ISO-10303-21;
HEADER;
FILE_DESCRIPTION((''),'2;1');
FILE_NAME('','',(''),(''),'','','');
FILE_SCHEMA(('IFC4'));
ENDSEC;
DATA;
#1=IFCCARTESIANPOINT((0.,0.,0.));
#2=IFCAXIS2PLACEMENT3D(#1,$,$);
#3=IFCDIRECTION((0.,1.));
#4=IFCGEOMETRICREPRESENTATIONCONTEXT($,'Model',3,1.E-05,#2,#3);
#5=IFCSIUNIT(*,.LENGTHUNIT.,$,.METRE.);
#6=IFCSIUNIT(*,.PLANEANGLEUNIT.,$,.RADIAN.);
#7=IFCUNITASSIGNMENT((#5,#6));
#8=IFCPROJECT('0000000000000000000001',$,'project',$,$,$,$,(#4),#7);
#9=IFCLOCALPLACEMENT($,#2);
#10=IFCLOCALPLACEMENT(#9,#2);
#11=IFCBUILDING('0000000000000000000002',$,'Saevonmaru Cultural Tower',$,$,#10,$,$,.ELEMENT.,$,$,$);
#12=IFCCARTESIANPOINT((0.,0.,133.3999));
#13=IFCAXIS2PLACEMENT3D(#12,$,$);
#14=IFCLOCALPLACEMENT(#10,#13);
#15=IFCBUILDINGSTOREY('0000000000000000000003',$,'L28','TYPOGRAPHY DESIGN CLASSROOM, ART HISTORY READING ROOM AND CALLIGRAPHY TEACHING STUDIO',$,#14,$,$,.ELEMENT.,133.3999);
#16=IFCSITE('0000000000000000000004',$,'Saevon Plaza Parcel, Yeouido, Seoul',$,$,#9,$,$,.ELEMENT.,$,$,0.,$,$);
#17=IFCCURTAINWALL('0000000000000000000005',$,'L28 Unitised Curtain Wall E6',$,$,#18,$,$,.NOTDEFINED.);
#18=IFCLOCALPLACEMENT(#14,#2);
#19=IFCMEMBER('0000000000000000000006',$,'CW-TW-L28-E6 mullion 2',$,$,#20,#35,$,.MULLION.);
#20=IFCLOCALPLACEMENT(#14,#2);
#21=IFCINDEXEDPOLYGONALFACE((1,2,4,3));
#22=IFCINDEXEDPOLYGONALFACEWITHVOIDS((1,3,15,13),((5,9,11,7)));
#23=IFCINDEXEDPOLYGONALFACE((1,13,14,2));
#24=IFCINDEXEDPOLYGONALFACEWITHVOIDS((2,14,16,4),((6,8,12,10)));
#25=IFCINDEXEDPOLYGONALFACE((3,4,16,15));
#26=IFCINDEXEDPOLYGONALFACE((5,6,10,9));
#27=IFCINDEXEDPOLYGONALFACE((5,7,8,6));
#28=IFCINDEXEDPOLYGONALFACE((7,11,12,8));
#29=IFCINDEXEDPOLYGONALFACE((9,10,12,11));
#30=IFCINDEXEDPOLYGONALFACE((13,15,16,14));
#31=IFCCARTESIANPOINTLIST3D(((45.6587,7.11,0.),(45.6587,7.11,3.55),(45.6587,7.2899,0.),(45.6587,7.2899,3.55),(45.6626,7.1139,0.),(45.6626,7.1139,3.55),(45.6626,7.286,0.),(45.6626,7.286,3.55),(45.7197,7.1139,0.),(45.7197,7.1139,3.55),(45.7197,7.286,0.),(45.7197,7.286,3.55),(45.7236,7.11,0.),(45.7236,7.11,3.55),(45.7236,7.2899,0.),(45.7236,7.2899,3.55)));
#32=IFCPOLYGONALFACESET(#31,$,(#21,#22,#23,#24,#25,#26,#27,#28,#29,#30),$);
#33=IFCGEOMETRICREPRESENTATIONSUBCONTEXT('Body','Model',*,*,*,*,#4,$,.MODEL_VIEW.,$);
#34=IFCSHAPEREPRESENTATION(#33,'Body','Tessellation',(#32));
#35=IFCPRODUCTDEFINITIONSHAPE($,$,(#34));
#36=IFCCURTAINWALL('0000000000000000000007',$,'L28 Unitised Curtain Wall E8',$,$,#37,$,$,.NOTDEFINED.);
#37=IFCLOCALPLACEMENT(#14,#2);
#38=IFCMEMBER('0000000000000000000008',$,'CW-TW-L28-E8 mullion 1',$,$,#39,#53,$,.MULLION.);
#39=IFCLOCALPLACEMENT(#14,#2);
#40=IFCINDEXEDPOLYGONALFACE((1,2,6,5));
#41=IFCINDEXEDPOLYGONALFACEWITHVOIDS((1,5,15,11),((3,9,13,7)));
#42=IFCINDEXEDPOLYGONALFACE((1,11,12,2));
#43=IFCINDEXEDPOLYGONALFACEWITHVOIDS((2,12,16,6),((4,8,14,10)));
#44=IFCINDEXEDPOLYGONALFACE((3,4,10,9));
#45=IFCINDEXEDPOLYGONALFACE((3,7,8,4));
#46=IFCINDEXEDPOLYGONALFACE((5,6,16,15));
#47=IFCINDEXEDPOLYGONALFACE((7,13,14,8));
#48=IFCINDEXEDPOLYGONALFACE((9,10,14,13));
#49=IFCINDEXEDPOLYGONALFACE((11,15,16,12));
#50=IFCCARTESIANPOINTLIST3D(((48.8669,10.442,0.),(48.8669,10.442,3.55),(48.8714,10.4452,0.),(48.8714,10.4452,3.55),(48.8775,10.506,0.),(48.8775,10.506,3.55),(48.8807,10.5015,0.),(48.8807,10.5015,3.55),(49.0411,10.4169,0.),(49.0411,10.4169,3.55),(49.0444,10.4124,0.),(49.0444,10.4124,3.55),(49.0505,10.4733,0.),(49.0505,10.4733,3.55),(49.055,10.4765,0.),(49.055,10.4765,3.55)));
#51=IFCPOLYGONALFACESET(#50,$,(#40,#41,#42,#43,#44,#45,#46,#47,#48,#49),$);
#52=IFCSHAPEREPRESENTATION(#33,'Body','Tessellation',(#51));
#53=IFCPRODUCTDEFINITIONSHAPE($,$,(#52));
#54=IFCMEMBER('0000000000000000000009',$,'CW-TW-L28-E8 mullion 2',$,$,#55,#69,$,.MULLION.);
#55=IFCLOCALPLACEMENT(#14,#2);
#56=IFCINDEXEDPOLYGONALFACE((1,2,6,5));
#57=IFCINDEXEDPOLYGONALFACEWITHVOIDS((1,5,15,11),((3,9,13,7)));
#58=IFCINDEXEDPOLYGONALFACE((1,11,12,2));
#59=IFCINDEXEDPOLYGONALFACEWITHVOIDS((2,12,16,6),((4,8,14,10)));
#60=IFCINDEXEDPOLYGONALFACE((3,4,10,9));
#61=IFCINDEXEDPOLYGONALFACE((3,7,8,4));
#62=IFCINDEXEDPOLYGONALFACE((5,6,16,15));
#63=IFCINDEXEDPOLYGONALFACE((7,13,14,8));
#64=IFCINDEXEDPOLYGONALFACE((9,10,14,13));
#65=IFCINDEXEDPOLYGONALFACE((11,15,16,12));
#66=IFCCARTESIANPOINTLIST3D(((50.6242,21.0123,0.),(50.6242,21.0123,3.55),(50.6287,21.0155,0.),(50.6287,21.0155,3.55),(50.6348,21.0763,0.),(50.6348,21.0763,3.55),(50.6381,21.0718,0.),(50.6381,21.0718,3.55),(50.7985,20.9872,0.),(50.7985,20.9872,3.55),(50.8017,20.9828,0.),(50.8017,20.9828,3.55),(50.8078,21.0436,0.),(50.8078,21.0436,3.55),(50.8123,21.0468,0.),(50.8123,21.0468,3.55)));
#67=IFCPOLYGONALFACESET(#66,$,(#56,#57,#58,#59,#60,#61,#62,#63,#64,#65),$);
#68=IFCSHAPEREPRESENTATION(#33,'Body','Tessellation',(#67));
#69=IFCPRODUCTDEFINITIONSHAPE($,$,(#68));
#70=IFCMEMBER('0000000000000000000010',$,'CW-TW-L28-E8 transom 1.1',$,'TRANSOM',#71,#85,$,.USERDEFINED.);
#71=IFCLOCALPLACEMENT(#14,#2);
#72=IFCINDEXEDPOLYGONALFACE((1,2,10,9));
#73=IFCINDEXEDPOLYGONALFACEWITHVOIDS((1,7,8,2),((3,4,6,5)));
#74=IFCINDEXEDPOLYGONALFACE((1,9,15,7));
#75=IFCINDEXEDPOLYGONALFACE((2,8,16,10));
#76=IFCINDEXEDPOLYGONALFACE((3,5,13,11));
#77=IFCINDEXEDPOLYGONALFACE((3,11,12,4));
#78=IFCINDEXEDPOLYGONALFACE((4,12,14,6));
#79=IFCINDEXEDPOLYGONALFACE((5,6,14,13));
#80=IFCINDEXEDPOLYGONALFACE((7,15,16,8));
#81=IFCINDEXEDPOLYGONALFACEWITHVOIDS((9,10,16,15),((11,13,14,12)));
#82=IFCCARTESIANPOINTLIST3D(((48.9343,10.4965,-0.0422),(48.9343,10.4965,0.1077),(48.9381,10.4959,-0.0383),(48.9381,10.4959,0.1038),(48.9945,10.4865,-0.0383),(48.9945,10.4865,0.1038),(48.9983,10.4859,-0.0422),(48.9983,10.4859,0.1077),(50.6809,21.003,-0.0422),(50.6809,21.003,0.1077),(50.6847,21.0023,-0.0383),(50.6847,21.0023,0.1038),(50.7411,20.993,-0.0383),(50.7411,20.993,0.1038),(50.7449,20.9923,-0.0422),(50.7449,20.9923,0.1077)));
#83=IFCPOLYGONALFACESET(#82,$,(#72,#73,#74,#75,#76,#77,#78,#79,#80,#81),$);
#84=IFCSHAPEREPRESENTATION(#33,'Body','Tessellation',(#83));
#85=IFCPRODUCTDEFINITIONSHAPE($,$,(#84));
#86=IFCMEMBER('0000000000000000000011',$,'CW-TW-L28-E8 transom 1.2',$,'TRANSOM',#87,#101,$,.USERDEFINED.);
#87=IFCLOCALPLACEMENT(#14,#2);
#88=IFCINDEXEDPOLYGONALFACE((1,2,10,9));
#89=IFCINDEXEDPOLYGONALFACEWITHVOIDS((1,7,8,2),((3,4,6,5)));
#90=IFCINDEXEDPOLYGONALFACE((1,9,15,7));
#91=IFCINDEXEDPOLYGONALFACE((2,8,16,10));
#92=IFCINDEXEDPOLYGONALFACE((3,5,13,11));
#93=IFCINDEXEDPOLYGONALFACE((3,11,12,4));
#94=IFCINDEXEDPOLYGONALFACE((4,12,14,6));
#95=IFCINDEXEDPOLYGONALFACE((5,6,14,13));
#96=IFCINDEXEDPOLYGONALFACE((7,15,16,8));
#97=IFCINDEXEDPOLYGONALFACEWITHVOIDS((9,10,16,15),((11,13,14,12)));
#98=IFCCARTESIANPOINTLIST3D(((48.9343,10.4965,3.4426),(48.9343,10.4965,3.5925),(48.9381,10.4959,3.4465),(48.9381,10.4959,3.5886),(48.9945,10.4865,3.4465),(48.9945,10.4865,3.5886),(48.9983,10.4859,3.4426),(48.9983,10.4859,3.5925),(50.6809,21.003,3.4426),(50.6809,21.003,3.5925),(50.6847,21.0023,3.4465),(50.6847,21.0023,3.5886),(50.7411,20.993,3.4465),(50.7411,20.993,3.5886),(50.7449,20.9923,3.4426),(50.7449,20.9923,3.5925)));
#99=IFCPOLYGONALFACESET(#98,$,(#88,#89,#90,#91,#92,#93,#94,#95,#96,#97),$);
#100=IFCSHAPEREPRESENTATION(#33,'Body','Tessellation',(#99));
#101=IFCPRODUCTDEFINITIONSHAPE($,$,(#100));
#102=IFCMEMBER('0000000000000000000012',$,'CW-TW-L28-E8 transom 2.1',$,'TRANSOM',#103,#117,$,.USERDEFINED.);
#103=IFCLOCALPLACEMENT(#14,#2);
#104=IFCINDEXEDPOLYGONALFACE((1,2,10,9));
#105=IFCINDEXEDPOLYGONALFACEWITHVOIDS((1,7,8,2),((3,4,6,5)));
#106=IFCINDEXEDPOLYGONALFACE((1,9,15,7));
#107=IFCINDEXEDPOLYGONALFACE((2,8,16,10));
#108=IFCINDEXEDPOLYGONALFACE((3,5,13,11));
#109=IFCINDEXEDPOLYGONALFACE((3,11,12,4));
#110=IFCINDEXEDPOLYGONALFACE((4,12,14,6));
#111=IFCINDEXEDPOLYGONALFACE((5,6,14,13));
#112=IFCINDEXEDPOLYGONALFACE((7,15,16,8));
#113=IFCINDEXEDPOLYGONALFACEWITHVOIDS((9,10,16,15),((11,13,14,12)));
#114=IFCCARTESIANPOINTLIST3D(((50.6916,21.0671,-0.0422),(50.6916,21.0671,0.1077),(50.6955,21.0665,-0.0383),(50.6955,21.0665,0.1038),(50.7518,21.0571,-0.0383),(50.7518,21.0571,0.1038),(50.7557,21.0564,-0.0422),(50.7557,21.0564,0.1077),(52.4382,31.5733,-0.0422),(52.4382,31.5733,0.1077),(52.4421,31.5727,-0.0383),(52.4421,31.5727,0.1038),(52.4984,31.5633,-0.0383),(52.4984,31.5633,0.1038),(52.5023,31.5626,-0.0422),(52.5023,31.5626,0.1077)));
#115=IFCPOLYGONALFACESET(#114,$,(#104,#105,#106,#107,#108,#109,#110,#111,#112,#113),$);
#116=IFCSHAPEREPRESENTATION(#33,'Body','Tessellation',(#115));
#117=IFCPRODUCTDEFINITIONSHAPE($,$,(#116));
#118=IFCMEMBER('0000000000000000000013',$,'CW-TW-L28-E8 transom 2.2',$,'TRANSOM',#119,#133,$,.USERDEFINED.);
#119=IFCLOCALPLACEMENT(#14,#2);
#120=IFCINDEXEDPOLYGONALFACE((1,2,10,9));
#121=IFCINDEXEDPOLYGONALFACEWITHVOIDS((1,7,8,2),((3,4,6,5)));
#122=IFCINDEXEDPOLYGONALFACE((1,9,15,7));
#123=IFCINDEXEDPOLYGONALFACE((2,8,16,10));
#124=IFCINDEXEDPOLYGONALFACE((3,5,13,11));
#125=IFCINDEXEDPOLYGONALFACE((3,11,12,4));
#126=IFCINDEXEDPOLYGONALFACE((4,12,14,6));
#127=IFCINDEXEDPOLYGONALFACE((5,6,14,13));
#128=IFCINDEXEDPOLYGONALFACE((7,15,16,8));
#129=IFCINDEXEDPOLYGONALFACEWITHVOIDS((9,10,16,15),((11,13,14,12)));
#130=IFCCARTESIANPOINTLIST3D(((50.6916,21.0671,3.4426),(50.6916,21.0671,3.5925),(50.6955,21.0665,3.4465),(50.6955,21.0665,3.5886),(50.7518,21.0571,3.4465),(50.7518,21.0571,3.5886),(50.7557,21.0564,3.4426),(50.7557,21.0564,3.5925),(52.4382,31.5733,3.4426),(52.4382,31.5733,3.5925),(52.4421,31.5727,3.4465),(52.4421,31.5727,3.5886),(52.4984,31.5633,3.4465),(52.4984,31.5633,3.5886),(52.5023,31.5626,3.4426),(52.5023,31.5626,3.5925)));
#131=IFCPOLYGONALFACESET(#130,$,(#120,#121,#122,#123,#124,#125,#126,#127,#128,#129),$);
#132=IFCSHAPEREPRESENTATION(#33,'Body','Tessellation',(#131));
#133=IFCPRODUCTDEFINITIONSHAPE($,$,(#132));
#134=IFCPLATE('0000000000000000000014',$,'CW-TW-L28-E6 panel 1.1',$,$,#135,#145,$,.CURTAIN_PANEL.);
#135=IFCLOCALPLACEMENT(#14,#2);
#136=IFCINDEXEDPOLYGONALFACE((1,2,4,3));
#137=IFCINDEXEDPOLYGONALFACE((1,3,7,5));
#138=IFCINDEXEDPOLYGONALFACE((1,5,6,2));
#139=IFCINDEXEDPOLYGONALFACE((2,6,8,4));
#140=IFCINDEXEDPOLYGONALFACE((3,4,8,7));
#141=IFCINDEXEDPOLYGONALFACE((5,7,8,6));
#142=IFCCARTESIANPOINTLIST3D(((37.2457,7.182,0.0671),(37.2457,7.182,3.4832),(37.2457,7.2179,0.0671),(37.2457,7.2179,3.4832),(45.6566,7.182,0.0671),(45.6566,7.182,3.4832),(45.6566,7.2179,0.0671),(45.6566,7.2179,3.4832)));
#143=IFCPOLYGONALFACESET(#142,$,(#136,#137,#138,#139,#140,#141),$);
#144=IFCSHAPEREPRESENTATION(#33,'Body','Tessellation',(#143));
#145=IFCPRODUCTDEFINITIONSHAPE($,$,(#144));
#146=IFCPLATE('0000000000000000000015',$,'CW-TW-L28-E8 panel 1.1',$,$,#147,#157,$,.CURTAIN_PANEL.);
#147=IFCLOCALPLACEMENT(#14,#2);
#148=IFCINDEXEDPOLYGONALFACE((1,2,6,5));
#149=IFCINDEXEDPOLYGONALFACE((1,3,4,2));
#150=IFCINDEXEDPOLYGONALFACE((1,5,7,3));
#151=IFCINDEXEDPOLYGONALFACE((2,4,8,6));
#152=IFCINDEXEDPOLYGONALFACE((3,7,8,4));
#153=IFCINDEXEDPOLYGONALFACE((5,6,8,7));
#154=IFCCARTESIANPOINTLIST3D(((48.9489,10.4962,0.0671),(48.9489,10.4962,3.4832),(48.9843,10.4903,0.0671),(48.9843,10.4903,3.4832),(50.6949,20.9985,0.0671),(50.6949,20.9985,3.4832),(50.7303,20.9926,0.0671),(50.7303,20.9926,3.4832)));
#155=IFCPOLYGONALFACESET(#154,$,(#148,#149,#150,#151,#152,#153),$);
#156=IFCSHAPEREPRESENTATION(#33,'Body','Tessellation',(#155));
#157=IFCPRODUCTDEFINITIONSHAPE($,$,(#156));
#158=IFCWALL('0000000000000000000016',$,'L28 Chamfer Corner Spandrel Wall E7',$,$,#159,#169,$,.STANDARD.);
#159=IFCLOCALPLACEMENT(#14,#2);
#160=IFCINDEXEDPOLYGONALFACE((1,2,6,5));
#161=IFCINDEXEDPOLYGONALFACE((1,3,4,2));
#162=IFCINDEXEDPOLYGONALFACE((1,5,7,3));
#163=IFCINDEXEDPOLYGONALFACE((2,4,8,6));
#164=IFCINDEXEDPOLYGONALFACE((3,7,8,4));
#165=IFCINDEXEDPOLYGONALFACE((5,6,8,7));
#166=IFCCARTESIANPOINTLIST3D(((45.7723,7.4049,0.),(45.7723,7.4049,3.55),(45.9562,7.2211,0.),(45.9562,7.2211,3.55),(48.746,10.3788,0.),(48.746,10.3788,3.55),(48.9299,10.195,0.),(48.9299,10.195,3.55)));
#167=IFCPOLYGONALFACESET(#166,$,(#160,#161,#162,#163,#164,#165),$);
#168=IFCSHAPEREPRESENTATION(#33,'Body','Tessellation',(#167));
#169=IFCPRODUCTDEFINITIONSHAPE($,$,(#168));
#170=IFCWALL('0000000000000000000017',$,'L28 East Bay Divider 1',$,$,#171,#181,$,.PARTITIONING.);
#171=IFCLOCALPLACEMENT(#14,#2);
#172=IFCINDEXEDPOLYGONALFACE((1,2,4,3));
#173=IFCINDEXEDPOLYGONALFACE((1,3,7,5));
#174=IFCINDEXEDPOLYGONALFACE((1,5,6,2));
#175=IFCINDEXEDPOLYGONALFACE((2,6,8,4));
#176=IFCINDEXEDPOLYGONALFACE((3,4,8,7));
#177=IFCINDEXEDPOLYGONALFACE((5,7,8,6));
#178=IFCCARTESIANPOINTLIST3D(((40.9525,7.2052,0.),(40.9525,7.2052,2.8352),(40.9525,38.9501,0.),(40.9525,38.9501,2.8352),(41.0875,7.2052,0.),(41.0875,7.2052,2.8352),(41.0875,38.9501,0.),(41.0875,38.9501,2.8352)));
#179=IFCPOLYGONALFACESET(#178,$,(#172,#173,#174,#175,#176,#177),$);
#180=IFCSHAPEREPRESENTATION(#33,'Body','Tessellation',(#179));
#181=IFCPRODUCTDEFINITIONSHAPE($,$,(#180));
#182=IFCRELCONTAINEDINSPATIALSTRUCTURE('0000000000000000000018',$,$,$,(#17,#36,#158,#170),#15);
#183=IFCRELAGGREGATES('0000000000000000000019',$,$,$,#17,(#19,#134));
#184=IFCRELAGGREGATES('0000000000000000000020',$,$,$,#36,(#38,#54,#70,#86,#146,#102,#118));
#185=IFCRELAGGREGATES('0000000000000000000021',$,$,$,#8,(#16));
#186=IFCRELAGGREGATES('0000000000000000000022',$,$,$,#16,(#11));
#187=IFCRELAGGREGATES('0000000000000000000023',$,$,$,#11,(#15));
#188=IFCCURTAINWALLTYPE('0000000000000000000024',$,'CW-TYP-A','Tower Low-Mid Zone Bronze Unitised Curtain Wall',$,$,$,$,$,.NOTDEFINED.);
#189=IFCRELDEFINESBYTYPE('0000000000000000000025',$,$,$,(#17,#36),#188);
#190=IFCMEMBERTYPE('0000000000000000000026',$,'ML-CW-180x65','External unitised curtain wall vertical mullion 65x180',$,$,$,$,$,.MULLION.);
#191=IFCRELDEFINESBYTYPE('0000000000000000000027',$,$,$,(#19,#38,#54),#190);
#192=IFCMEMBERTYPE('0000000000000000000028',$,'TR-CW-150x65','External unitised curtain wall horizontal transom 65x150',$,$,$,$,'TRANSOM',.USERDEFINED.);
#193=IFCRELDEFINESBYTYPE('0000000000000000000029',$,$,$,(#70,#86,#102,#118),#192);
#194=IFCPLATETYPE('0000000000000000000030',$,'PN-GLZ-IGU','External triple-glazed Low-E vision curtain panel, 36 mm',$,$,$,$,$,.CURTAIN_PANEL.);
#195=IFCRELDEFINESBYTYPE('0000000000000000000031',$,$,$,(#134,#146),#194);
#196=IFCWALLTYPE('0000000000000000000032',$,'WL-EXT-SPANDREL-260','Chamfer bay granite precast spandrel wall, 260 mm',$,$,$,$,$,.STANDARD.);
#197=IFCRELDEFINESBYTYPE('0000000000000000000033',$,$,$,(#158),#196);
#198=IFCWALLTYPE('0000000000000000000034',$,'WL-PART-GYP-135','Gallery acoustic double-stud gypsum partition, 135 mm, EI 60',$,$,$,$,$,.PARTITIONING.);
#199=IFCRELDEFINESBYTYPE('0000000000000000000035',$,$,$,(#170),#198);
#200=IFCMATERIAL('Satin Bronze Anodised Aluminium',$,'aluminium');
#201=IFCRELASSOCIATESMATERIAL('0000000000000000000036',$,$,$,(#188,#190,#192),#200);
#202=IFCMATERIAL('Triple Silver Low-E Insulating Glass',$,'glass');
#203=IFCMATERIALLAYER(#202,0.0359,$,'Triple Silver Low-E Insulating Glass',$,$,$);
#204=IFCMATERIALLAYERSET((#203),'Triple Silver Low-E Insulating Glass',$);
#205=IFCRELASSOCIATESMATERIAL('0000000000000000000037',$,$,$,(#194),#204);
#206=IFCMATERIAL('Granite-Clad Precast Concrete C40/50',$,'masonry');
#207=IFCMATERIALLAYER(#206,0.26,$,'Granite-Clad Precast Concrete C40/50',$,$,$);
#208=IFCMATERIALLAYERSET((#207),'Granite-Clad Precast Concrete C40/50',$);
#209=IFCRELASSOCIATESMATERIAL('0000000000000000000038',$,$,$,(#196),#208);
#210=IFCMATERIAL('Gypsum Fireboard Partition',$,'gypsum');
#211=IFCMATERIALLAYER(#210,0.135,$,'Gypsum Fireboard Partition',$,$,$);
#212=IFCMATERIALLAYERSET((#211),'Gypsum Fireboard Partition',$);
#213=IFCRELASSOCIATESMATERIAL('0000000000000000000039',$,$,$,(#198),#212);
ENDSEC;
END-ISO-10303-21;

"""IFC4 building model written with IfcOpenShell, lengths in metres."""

from ifc_helpers import new_model, si_unit, direction, frame, frame_2d, origin, origin_2d, place, context, subcontext, project, spatial, rectangle, hollow_rectangle, extrude, material, layer, layer_set, material_profile, profile_set, type_object, element, aggregate, save


model = new_model("IFC4")

# Units and contexts
model_context = context("Model", 3, precision=1e-05, world=origin(), true_north=direction((0.0, 1.0)))
body_context = subcontext(model_context, "Body", "Model", "MODEL_VIEW")
ifc_project = project(units=[si_unit("LENGTHUNIT", "METRE"), si_unit("PLANEANGLEUNIT", "RADIAN")], contexts=[model_context])

# Site, building, storey
site_placement = place(None, origin())
site = spatial("IfcSite", under=ifc_project, at=site_placement, Name="Saevon Plaza Parcel, Yeouido, Seoul", CompositionType="ELEMENT", RefElevation=0.0)
building_placement = place(site_placement, origin())
building = spatial("IfcBuilding", under=site, at=building_placement, Name="Saevonmaru Cultural Tower", CompositionType="ELEMENT")
storey_placement = place(building_placement, frame((0.0, 0.0, 133.3999)))
storey = spatial("IfcBuildingStorey", under=building, at=storey_placement, Name="L28", Description="TYPOGRAPHY DESIGN CLASSROOM, ART HISTORY READING ROOM AND CALLIGRAPHY TEACHING STUDIO", CompositionType="ELEMENT", Elevation=133.3999)

# Curtain wall, member
ifc_material_1 = material(Name="Satin Bronze Anodised Aluminium", Category="aluminium")
curtain_wall_type = type_object("IfcCurtainWallType", Name="CW-TYP-A", Description="Tower Low-Mid Zone Bronze Unitised Curtain Wall", PredefinedType="NOTDEFINED", material=ifc_material_1)
curtain_wall_1_placement = place(storey_placement, origin())
curtain_wall_1 = element("IfcCurtainWall", 1, at=curtain_wall_1_placement, inside=storey, type_object=curtain_wall_type, Name="L28 Unitised Curtain Wall E6", PredefinedType="NOTDEFINED")
ifc_material_profile_1 = material_profile(ifc_material_1, hollow_rectangle(XDim=0.0649, YDim=0.1799, WallThickness=0.0039, at=origin_2d()), Name="ALU-MULL-180x65x4")
ifc_profile_set_1 = profile_set([ifc_material_profile_1], Name="Satin Bronze Anodised Aluminium")
member_type_1 = type_object("IfcMemberType", Name="ML-CW-180x65", Description="External unitised curtain wall vertical mullion 65x180", PredefinedType="MULLION", material=ifc_profile_set_1)
member_1_placement = place(storey_placement, frame((45.6912, 7.2, 0.0), z_axis=(0.0, 0.0, 1.0), x_axis=(1.0, 0.0, 0.0)))
member_1 = element("IfcMember", 2, at=member_1_placement, type_object=member_type_1, Name="CW-TW-L28-E6 mullion 2", PredefinedType="MULLION", context=body_context, shape_type="SweptSolid", body=[
    extrude(hollow_rectangle(XDim=0.0649, YDim=0.1799, WallThickness=0.0039, at=origin_2d()), origin(), (0.0, 0.0, 1.0), 3.55),
])

# Curtain wall, members
curtain_wall_2_placement = place(storey_placement, origin())
curtain_wall_2 = element("IfcCurtainWall", 3, at=curtain_wall_2_placement, inside=storey, type_object=curtain_wall_type, Name="L28 Unitised Curtain Wall E8", PredefinedType="NOTDEFINED")
member_2_placement = place(storey_placement, frame((48.9609, 10.4592, 0.0), z_axis=(0.0, 0.0, 1.0), x_axis=(0.163999, 0.986461, 0.0)))
member_2 = element("IfcMember", 4, at=member_2_placement, type_object=member_type_1, Name="CW-TW-L28-E8 mullion 1", PredefinedType="MULLION", context=body_context, shape_type="SweptSolid", body=[
    extrude(hollow_rectangle(XDim=0.0649, YDim=0.1799, WallThickness=0.0039, at=origin_2d()), origin(), (0.0, 0.0, 1.0), 3.55),
])
member_3_placement = place(storey_placement, frame((50.7183, 21.0295, 0.0), z_axis=(0.0, 0.0, 1.0), x_axis=(0.163999, 0.986461, 0.0)))
member_3 = element("IfcMember", 5, at=member_3_placement, type_object=member_type_1, Name="CW-TW-L28-E8 mullion 2", PredefinedType="MULLION", context=body_context, shape_type="SweptSolid", body=[
    extrude(hollow_rectangle(XDim=0.0649, YDim=0.1799, WallThickness=0.0039, at=origin_2d()), origin(), (0.0, 0.0, 1.0), 3.55),
])
ifc_material_profile_2 = material_profile(ifc_material_1, hollow_rectangle(XDim=0.0649, YDim=0.1499, WallThickness=0.0039, at=origin_2d()), Name="ALU-TRAN-150x65x4")
ifc_profile_set_2 = profile_set([ifc_material_profile_2], Name="Satin Bronze Anodised Aluminium")
member_type_2 = type_object("IfcMemberType", Name="TR-CW-150x65", Description="External unitised curtain wall horizontal transom 65x150", ElementType="TRANSOM", PredefinedType="USERDEFINED", material=ifc_profile_set_2)
member_4_placement = place(storey_placement, frame((48.9663, 10.4912, 0.0327), z_axis=(0.16399, 0.986462, 0.0), x_axis=(-0.986462, 0.16399, 0.0)))
member_4 = element("IfcMember", 6, at=member_4_placement, type_object=member_type_2, Name="CW-TW-L28-E8 transom 1.1", ObjectType="TRANSOM", PredefinedType="USERDEFINED", context=body_context, shape_type="SweptSolid", body=[
    extrude(hollow_rectangle(XDim=0.0649, YDim=0.1499, WallThickness=0.0039, at=origin_2d()), origin(), (0.0, 0.0, 1.0), 10.6506),
])
member_5_placement = place(storey_placement, frame((48.9663, 10.4912, 3.5176), z_axis=(0.16399, 0.986462, 0.0), x_axis=(-0.986462, 0.16399, 0.0)))
member_5 = element("IfcMember", 7, at=member_5_placement, type_object=member_type_2, Name="CW-TW-L28-E8 transom 1.2", ObjectType="TRANSOM", PredefinedType="USERDEFINED", context=body_context, shape_type="SweptSolid", body=[
    extrude(hollow_rectangle(XDim=0.0649, YDim=0.1499, WallThickness=0.0039, at=origin_2d()), origin(), (0.0, 0.0, 1.0), 10.6506),
])
member_6_placement = place(storey_placement, frame((50.7236, 21.0618, 0.0327), z_axis=(0.163994, 0.986461, 0.0), x_axis=(-0.986461, 0.163994, 0.0)))
member_6 = element("IfcMember", 8, at=member_6_placement, type_object=member_type_2, Name="CW-TW-L28-E8 transom 2.1", ObjectType="TRANSOM", PredefinedType="USERDEFINED", context=body_context, shape_type="SweptSolid", body=[
    extrude(hollow_rectangle(XDim=0.0649, YDim=0.1499, WallThickness=0.0039, at=origin_2d()), origin(), (0.0, 0.0, 1.0), 10.6504),
])
member_7_placement = place(storey_placement, frame((50.7236, 21.0618, 3.5176), z_axis=(0.163994, 0.986461, 0.0), x_axis=(-0.986461, 0.163994, 0.0)))
member_7 = element("IfcMember", 9, at=member_7_placement, type_object=member_type_2, Name="CW-TW-L28-E8 transom 2.2", ObjectType="TRANSOM", PredefinedType="USERDEFINED", context=body_context, shape_type="SweptSolid", body=[
    extrude(hollow_rectangle(XDim=0.0649, YDim=0.1499, WallThickness=0.0039, at=origin_2d()), origin(), (0.0, 0.0, 1.0), 10.6504),
])

# Plates
ifc_material_2 = material(Name="Triple Silver Low-E Insulating Glass", Category="glass")
ifc_layer_1 = layer(ifc_material_2, 0.0359, Name="Triple Silver Low-E Insulating Glass")
ifc_layer_set_1 = layer_set([ifc_layer_1], Name="Triple Silver Low-E Insulating Glass")
plate_type = type_object("IfcPlateType", Name="PN-GLZ-IGU", Description="External triple-glazed Low-E vision curtain panel, 36 mm", PredefinedType="CURTAIN_PANEL", material=ifc_layer_set_1)
plate_1_placement = place(storey_placement, frame((41.4512, 7.2, 0.0671), z_axis=(0.0, 0.0, 1.0), x_axis=(1.0, 0.0, 0.0)))
plate_1 = element("IfcPlate", 10, at=plate_1_placement, type_object=plate_type, Name="CW-TW-L28-E6 panel 1.1", PredefinedType="CURTAIN_PANEL", context=body_context, shape_type="SweptSolid", body=[
    extrude(rectangle(XDim=8.4109, YDim=0.0359, at=origin_2d()), origin(), (0.0, 0.0, 1.0), 3.416),
])
aggregate(curtain_wall_1, [member_1, plate_1])
plate_2_placement = place(storey_placement, frame((49.8396, 15.7444, 0.0671), z_axis=(0.0, 0.0, 1.0), x_axis=(0.163999, 0.986461, 0.0)))
plate_2 = element("IfcPlate", 11, at=plate_2_placement, type_object=plate_type, Name="CW-TW-L28-E8 panel 1.1", PredefinedType="CURTAIN_PANEL", context=body_context, shape_type="SweptSolid", body=[
    extrude(rectangle(XDim=10.6465, YDim=0.0359, at=origin_2d()), origin(), (0.0, 0.0, 1.0), 3.416),
])
aggregate(curtain_wall_2, [member_2, member_3, member_4, member_5, plate_2, member_6, member_7])

# Walls
ifc_material_3 = material(Name="Granite-Clad Precast Concrete C40/50", Category="masonry")
ifc_layer_2 = layer(ifc_material_3, 0.26, Name="Granite-Clad Precast Concrete C40/50")
ifc_layer_set_2 = layer_set([ifc_layer_2], Name="Granite-Clad Precast Concrete C40/50")
wall_type_1 = type_object("IfcWallType", Name="WL-EXT-SPANDREL-260", Description="Chamfer bay granite precast spandrel wall, 260 mm", PredefinedType="STANDARD", material=ifc_layer_set_2)
wall_1_placement = place(storey_placement, frame((45.8643, 7.313, 0.0), z_axis=(0.0, 0.0, 1.0), x_axis=(0.707078, 0.707136, 0.0)))
element("IfcWall", 12, at=wall_1_placement, inside=storey, type_object=wall_type_1, Name="L28 Chamfer Corner Spandrel Wall E7", PredefinedType="STANDARD", context=body_context, shape_type="SweptSolid", body=[
    extrude(rectangle(XDim=4.2056, YDim=0.26, at=frame_2d((2.1028, 0.0))), origin(), (0.0, 0.0, 1.0), 3.55),
])
ifc_material_4 = material(Name="Gypsum Fireboard Partition", Category="gypsum")
ifc_layer_3 = layer(ifc_material_4, 0.135, Name="Gypsum Fireboard Partition")
ifc_layer_set_3 = layer_set([ifc_layer_3], Name="Gypsum Fireboard Partition")
wall_type_2 = type_object("IfcWallType", Name="WL-PART-GYP-135", Description="Gallery acoustic double-stud gypsum partition, 135 mm, EI 60", PredefinedType="PARTITIONING", material=ifc_layer_set_3)
wall_2_placement = place(storey_placement, frame((41.02, 7.2051, 0.0), z_axis=(0.0, 0.0, 1.0), x_axis=(0.0, 1.0, 0.0)))
element("IfcWall", 13, at=wall_2_placement, inside=storey, type_object=wall_type_2, Name="L28 East Bay Divider 1", PredefinedType="PARTITIONING", context=body_context, shape_type="SweptSolid", body=[
    extrude(rectangle(XDim=31.7449, YDim=0.135, at=frame_2d((15.8726, 0.0))), origin(), (0.0, 0.0, 1.0), 2.8352),
])

save(model, "model.ifc")
